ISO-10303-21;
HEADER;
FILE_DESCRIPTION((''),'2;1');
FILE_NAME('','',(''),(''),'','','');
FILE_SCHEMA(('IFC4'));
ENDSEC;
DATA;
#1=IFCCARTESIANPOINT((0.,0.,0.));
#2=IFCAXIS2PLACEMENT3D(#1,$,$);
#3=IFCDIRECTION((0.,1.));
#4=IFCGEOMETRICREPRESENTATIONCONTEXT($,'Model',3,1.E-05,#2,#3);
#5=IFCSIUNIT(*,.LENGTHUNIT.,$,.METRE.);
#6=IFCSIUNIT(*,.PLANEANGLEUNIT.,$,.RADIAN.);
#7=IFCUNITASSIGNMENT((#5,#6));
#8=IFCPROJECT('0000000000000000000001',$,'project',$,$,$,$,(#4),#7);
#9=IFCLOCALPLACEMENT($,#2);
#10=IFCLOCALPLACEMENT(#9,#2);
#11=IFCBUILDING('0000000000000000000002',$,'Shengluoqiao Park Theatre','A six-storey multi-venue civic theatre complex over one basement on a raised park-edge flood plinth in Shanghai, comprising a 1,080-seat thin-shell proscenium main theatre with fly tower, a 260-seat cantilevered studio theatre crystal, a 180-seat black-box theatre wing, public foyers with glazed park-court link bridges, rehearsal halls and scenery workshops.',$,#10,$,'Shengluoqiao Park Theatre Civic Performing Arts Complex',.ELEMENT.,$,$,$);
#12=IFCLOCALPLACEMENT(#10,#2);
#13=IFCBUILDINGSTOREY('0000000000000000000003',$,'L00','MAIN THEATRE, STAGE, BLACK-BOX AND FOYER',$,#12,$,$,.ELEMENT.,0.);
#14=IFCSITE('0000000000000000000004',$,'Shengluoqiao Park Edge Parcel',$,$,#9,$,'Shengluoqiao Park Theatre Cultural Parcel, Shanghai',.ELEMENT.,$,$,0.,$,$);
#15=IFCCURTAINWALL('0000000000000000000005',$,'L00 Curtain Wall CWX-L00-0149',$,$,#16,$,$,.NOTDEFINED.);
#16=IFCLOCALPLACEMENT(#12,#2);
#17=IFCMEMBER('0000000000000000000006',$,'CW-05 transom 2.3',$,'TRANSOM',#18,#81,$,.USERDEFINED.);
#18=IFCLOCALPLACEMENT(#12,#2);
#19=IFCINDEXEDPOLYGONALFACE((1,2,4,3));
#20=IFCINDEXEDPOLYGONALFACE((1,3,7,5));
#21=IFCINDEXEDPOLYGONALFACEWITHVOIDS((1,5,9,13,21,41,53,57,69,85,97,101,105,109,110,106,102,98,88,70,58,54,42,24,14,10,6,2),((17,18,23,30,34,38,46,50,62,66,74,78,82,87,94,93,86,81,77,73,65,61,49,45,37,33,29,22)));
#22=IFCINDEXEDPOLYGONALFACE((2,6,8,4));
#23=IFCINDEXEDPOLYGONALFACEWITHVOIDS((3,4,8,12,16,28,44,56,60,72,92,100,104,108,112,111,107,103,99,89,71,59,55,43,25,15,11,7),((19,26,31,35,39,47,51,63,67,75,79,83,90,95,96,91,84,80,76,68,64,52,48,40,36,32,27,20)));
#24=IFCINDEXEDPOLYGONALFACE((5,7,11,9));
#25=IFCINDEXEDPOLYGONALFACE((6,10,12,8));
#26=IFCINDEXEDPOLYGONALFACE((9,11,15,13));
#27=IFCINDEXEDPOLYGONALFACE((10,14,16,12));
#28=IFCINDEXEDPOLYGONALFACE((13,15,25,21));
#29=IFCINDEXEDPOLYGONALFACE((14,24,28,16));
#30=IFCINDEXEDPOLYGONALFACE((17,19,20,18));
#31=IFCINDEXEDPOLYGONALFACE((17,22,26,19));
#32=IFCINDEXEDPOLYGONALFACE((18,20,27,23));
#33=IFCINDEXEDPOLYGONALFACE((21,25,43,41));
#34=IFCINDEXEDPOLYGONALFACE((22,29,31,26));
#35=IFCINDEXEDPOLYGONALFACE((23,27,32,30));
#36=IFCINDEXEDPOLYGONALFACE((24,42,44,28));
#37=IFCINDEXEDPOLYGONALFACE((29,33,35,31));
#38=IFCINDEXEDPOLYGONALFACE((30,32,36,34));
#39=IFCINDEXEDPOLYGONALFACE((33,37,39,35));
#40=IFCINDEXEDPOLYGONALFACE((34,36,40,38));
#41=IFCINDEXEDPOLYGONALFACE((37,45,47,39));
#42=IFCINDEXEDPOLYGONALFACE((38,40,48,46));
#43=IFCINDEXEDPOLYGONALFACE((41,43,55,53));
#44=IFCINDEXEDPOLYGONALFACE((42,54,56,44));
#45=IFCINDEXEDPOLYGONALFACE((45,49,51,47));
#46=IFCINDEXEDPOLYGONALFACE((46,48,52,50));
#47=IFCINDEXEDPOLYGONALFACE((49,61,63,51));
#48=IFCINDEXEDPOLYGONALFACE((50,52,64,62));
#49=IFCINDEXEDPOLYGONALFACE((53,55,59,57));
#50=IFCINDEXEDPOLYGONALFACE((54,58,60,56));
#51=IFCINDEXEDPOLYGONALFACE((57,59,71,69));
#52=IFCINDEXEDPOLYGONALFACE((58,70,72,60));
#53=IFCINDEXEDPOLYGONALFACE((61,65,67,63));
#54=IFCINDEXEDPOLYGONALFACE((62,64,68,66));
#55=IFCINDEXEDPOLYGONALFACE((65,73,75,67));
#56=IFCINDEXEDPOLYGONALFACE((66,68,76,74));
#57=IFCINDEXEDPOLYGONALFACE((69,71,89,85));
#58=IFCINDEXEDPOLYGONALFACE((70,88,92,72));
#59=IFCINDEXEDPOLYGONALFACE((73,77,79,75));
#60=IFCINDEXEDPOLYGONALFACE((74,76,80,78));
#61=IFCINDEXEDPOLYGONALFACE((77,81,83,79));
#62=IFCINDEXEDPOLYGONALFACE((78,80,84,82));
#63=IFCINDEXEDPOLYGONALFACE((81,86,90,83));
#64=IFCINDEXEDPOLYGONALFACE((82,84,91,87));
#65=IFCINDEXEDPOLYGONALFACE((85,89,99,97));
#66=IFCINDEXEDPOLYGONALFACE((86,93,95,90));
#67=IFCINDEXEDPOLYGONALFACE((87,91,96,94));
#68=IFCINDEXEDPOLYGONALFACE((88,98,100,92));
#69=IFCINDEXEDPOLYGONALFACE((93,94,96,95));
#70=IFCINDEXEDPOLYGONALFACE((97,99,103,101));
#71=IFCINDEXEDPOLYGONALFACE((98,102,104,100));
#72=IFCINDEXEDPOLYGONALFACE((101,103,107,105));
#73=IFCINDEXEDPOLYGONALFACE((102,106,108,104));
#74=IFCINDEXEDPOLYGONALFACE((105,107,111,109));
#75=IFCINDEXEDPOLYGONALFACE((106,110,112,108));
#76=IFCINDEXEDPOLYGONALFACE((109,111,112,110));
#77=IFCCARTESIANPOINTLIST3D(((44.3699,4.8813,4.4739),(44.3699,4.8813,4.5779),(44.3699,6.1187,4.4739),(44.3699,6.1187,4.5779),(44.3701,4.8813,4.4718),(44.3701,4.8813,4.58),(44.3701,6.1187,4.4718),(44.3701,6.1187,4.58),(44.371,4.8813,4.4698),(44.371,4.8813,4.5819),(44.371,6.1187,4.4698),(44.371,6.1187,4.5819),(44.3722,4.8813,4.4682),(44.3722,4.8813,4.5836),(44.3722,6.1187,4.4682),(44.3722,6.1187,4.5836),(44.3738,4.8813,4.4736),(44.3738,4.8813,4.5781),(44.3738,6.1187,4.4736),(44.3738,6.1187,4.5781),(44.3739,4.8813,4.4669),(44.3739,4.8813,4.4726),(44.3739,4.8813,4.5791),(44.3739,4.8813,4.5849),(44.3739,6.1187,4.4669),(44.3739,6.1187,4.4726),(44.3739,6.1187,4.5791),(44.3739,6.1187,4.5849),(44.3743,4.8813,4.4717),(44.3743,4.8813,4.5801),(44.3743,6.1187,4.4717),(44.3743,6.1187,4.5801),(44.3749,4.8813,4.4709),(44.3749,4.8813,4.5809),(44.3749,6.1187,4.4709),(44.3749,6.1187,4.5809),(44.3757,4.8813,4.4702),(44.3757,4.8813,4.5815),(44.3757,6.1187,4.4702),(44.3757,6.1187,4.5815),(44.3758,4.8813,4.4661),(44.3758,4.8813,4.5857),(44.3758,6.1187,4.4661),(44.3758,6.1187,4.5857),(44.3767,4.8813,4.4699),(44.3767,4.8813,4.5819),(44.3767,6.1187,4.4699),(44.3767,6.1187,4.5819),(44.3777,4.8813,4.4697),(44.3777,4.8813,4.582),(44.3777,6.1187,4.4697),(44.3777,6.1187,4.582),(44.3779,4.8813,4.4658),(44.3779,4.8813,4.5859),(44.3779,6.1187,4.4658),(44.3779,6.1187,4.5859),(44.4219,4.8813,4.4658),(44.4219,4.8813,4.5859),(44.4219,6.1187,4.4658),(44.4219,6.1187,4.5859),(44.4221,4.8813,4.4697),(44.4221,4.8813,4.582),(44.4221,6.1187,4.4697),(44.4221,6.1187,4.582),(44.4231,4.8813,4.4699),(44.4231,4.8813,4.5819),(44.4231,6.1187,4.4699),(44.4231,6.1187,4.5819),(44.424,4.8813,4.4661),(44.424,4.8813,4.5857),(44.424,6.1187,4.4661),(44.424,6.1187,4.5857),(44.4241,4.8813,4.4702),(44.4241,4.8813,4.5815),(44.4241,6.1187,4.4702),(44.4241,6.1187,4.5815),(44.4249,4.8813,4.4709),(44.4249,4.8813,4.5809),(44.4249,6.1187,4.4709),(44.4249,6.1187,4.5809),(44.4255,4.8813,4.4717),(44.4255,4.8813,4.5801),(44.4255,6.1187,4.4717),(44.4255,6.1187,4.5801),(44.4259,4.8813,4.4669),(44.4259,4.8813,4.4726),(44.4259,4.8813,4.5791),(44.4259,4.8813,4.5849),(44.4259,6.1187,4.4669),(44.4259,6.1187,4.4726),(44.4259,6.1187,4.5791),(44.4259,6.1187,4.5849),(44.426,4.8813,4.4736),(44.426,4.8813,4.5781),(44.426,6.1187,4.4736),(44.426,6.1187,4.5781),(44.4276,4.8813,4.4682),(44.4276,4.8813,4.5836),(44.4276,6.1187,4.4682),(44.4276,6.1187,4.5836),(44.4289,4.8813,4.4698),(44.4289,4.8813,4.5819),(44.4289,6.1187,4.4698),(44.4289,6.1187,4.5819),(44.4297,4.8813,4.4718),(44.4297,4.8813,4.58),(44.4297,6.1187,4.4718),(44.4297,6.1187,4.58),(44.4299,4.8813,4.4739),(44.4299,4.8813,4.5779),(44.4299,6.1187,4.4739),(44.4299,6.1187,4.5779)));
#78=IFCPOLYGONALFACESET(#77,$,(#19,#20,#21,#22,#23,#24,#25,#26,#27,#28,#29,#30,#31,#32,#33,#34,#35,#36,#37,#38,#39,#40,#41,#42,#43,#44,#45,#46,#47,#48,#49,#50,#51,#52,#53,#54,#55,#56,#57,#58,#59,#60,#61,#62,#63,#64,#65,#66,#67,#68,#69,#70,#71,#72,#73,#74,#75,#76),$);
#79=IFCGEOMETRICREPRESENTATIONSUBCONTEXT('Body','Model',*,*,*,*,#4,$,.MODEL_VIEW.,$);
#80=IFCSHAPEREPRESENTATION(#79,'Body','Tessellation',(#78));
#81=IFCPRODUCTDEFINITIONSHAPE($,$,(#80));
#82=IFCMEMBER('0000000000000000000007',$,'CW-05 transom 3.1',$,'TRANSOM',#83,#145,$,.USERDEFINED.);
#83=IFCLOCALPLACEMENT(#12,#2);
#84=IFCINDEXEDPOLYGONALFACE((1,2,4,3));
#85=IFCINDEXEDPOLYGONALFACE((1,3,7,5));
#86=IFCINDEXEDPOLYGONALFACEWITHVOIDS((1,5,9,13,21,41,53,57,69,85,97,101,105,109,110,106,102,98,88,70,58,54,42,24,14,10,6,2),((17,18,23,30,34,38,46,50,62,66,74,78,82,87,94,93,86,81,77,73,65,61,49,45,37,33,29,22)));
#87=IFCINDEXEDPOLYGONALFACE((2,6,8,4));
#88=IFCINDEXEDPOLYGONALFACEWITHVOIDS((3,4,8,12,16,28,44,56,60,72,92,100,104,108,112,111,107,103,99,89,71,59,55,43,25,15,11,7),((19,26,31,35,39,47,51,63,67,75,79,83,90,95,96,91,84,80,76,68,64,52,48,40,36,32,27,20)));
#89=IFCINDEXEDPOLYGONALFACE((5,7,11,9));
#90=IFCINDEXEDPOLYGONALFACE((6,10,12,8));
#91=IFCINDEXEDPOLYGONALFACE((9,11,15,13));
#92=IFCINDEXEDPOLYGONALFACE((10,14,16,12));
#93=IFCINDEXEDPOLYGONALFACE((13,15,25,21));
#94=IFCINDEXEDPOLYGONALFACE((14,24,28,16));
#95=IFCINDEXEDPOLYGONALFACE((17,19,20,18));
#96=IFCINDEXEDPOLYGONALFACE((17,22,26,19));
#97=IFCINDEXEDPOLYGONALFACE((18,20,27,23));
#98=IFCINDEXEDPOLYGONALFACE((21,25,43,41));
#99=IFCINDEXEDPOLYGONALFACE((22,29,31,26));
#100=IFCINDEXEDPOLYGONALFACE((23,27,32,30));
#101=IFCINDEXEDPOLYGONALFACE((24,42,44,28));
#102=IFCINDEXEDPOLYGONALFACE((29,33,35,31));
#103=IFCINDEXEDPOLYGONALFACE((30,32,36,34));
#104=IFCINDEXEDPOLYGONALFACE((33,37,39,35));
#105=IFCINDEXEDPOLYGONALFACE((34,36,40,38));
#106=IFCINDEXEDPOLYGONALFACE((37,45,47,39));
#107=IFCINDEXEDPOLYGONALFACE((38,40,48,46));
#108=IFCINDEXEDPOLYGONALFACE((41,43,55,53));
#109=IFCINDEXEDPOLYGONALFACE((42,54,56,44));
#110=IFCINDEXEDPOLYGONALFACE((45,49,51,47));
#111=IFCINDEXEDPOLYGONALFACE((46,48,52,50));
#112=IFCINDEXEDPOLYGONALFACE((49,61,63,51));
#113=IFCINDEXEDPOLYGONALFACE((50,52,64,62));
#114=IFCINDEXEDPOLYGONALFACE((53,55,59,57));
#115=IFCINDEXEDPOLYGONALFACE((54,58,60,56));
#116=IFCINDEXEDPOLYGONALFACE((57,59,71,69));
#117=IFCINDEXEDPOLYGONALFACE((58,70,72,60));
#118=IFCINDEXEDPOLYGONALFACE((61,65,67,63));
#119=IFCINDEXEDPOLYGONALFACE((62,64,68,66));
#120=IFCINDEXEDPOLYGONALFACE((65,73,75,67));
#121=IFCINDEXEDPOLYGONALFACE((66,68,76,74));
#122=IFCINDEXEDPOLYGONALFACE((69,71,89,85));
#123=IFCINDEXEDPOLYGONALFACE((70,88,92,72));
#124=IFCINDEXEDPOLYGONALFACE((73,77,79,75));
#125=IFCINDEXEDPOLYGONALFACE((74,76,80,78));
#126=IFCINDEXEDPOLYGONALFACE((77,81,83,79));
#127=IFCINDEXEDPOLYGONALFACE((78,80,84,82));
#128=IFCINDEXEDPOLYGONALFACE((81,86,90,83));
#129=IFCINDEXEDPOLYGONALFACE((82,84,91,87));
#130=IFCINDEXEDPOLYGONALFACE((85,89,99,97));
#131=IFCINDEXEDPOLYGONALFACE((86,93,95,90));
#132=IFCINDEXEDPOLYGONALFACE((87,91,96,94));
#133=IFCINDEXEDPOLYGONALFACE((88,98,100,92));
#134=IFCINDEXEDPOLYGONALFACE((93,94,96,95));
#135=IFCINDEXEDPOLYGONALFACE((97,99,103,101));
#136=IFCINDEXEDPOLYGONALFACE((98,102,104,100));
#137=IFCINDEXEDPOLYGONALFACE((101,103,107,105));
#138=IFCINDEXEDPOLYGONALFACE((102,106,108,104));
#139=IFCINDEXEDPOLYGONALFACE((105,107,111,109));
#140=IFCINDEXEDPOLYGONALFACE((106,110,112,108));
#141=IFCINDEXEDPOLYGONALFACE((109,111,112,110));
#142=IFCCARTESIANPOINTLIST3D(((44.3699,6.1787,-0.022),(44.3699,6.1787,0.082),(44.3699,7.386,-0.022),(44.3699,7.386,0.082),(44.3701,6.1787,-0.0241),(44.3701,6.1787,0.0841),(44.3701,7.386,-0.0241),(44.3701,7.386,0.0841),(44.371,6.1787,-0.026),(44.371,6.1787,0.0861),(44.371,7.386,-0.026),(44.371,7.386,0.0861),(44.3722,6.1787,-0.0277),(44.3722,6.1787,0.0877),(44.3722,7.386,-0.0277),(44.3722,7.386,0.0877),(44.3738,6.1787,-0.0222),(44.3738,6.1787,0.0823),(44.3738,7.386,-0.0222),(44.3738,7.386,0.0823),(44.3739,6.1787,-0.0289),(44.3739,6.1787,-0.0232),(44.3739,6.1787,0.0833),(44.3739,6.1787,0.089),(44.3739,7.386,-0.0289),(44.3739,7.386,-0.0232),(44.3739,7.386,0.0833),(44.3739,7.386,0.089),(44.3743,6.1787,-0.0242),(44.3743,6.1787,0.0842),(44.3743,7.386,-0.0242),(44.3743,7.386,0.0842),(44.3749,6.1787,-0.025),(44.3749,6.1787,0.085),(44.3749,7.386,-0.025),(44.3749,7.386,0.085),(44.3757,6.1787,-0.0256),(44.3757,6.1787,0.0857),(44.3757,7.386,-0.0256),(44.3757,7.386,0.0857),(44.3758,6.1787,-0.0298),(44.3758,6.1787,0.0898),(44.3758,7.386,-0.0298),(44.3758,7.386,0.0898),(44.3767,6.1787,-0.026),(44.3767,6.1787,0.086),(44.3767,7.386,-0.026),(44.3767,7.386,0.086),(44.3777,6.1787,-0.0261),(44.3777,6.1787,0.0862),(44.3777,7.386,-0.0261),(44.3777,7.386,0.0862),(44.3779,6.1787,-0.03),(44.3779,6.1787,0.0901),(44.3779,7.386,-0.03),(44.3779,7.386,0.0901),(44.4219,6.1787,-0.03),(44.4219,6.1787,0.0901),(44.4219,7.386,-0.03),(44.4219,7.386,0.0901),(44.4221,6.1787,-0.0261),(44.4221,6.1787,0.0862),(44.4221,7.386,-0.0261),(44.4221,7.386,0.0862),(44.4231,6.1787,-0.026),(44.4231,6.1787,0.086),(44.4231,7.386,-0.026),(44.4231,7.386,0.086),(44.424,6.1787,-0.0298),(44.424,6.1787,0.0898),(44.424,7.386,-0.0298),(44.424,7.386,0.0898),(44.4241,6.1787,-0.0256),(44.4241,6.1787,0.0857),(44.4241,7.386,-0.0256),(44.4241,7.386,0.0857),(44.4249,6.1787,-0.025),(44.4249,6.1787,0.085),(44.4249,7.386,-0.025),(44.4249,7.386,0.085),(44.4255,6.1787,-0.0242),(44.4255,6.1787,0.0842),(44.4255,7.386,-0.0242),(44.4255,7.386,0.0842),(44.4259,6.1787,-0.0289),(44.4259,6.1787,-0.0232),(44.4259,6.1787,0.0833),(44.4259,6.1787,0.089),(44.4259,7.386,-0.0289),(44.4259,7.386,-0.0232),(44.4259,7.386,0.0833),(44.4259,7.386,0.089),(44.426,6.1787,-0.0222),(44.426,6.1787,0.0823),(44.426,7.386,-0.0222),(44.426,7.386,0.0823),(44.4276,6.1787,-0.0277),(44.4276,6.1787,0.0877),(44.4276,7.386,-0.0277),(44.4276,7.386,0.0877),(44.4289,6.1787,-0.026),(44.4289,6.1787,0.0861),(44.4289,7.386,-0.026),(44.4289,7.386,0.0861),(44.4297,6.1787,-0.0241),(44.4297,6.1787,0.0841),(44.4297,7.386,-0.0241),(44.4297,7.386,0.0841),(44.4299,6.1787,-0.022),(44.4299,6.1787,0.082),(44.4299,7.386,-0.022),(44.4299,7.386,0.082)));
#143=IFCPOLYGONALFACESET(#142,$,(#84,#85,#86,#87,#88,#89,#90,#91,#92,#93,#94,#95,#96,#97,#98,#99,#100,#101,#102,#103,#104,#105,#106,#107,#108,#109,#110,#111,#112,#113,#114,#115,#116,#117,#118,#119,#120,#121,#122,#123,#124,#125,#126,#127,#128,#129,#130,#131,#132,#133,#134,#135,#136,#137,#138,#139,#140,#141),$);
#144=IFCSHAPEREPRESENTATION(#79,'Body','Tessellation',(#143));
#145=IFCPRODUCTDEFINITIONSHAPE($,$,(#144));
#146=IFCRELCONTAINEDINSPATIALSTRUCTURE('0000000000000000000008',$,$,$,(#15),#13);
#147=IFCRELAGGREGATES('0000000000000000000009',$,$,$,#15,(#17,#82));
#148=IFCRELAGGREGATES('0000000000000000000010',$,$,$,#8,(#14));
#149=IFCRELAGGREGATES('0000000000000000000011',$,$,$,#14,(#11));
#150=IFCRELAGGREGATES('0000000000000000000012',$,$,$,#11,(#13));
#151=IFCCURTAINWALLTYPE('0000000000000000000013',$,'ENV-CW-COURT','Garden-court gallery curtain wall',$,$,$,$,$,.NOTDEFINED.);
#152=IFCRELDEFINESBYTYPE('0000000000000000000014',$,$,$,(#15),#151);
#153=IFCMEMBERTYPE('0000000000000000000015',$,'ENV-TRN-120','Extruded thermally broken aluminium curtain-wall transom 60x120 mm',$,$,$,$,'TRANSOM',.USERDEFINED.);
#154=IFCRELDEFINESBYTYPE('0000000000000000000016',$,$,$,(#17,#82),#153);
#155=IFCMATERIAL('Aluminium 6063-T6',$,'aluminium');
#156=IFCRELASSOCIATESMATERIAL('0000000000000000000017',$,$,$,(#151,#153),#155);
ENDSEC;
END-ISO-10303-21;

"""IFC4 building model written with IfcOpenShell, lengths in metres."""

from ifc_helpers import new_model, si_unit, direction, frame, origin, origin_2d, place, context, subcontext, project, spatial, hollow_rectangle, extrude, material, material_profile, profile_set, type_object, element, aggregate, save


model = new_model("IFC4")

# Units and contexts
model_context = context("Model", 3, precision=1e-05, world=origin(), true_north=direction((0.0, 1.0)))
body_context = subcontext(model_context, "Body", "Model", "MODEL_VIEW")
ifc_project = project(units=[si_unit("LENGTHUNIT", "METRE"), si_unit("PLANEANGLEUNIT", "RADIAN")], contexts=[model_context])

# Site, building, storey
site_placement = place(None, origin())
site = spatial("IfcSite", under=ifc_project, at=site_placement, Name="Shengluoqiao Park Edge Parcel", LongName="Shengluoqiao Park Theatre Cultural Parcel, Shanghai", CompositionType="ELEMENT", RefElevation=0.0)
building_placement = place(site_placement, origin())
building = spatial("IfcBuilding", under=site, at=building_placement, Name="Shengluoqiao Park Theatre", Description="A six-storey multi-venue civic theatre complex over one basement on a raised park-edge flood plinth in Shanghai, comprising a 1,080-seat thin-shell proscenium main theatre with fly tower, a 260-seat cantilevered studio theatre crystal, a 180-seat black-box theatre wing, public foyers with glazed park-court link bridges, rehearsal halls and scenery workshops.", LongName="Shengluoqiao Park Theatre Civic Performing Arts Complex", CompositionType="ELEMENT")
storey_placement = place(building_placement, origin())
storey = spatial("IfcBuildingStorey", under=building, at=storey_placement, Name="L00", Description="MAIN THEATRE, STAGE, BLACK-BOX AND FOYER", CompositionType="ELEMENT", Elevation=0.0)

# Curtain wall
ifc_material_1 = material(Name="Aluminium 6063-T6", Category="aluminium")
curtain_wall_type = type_object("IfcCurtainWallType", Name="ENV-CW-COURT", Description="Garden-court gallery curtain wall", PredefinedType="NOTDEFINED", material=ifc_material_1)
curtain_wall_1_placement = place(storey_placement, origin())
curtain_wall_1 = element("IfcCurtainWall", 1, at=curtain_wall_1_placement, inside=storey, type_object=curtain_wall_type, Name="L00 Curtain Wall CWX-L00-0149", PredefinedType="NOTDEFINED")

# Members
ifc_material_profile_1 = material_profile(ifc_material_1, hollow_rectangle(XDim=0.0601, YDim=0.1201, WallThickness=0.0039, InnerFilletRadius=0.0039, OuterFilletRadius=0.0081, at=origin_2d()), Name="ALU TRANSOM 120x60x4")
ifc_profile_set_1 = profile_set([ifc_material_profile_1], Name="Aluminium 6063-T6")
member_type_1 = type_object("IfcMemberType", Name="ENV-TRN-120", Description="Extruded thermally broken aluminium curtain-wall transom 60x120 mm", ElementType="TRANSOM", PredefinedType="USERDEFINED", material=ifc_profile_set_1)
member_1_placement = place(storey_placement, frame((44.3999, 4.8813, 4.5259), z_axis=(0.0, 1.0, 0.0), x_axis=(-1.0, 0.0, 0.0)))
member_1 = element("IfcMember", 2, at=member_1_placement, type_object=member_type_1, Name="CW-05 transom 2.3", ObjectType="TRANSOM", PredefinedType="USERDEFINED", context=body_context, shape_type="SweptSolid", body=[
    extrude(hollow_rectangle(XDim=0.0601, YDim=0.1201, WallThickness=0.0039, InnerFilletRadius=0.0039, OuterFilletRadius=0.0081, at=origin_2d()), origin(), (0.0, 0.0, 1.0), 1.2373),
])
member_2_placement = place(storey_placement, frame((44.3999, 6.1787, 0.03), z_axis=(0.0, 1.0, 0.0), x_axis=(-1.0, 0.0, 0.0)))
member_2 = element("IfcMember", 3, at=member_2_placement, type_object=member_type_1, Name="CW-05 transom 3.1", ObjectType="TRANSOM", PredefinedType="USERDEFINED", context=body_context, shape_type="SweptSolid", body=[
    extrude(hollow_rectangle(XDim=0.0601, YDim=0.1201, WallThickness=0.0039, InnerFilletRadius=0.0039, OuterFilletRadius=0.0081, at=origin_2d()), origin(), (0.0, 0.0, 1.0), 1.2073),
])

aggregate(curtain_wall_1, [member_1, member_2])

save(model, "model.ifc")
